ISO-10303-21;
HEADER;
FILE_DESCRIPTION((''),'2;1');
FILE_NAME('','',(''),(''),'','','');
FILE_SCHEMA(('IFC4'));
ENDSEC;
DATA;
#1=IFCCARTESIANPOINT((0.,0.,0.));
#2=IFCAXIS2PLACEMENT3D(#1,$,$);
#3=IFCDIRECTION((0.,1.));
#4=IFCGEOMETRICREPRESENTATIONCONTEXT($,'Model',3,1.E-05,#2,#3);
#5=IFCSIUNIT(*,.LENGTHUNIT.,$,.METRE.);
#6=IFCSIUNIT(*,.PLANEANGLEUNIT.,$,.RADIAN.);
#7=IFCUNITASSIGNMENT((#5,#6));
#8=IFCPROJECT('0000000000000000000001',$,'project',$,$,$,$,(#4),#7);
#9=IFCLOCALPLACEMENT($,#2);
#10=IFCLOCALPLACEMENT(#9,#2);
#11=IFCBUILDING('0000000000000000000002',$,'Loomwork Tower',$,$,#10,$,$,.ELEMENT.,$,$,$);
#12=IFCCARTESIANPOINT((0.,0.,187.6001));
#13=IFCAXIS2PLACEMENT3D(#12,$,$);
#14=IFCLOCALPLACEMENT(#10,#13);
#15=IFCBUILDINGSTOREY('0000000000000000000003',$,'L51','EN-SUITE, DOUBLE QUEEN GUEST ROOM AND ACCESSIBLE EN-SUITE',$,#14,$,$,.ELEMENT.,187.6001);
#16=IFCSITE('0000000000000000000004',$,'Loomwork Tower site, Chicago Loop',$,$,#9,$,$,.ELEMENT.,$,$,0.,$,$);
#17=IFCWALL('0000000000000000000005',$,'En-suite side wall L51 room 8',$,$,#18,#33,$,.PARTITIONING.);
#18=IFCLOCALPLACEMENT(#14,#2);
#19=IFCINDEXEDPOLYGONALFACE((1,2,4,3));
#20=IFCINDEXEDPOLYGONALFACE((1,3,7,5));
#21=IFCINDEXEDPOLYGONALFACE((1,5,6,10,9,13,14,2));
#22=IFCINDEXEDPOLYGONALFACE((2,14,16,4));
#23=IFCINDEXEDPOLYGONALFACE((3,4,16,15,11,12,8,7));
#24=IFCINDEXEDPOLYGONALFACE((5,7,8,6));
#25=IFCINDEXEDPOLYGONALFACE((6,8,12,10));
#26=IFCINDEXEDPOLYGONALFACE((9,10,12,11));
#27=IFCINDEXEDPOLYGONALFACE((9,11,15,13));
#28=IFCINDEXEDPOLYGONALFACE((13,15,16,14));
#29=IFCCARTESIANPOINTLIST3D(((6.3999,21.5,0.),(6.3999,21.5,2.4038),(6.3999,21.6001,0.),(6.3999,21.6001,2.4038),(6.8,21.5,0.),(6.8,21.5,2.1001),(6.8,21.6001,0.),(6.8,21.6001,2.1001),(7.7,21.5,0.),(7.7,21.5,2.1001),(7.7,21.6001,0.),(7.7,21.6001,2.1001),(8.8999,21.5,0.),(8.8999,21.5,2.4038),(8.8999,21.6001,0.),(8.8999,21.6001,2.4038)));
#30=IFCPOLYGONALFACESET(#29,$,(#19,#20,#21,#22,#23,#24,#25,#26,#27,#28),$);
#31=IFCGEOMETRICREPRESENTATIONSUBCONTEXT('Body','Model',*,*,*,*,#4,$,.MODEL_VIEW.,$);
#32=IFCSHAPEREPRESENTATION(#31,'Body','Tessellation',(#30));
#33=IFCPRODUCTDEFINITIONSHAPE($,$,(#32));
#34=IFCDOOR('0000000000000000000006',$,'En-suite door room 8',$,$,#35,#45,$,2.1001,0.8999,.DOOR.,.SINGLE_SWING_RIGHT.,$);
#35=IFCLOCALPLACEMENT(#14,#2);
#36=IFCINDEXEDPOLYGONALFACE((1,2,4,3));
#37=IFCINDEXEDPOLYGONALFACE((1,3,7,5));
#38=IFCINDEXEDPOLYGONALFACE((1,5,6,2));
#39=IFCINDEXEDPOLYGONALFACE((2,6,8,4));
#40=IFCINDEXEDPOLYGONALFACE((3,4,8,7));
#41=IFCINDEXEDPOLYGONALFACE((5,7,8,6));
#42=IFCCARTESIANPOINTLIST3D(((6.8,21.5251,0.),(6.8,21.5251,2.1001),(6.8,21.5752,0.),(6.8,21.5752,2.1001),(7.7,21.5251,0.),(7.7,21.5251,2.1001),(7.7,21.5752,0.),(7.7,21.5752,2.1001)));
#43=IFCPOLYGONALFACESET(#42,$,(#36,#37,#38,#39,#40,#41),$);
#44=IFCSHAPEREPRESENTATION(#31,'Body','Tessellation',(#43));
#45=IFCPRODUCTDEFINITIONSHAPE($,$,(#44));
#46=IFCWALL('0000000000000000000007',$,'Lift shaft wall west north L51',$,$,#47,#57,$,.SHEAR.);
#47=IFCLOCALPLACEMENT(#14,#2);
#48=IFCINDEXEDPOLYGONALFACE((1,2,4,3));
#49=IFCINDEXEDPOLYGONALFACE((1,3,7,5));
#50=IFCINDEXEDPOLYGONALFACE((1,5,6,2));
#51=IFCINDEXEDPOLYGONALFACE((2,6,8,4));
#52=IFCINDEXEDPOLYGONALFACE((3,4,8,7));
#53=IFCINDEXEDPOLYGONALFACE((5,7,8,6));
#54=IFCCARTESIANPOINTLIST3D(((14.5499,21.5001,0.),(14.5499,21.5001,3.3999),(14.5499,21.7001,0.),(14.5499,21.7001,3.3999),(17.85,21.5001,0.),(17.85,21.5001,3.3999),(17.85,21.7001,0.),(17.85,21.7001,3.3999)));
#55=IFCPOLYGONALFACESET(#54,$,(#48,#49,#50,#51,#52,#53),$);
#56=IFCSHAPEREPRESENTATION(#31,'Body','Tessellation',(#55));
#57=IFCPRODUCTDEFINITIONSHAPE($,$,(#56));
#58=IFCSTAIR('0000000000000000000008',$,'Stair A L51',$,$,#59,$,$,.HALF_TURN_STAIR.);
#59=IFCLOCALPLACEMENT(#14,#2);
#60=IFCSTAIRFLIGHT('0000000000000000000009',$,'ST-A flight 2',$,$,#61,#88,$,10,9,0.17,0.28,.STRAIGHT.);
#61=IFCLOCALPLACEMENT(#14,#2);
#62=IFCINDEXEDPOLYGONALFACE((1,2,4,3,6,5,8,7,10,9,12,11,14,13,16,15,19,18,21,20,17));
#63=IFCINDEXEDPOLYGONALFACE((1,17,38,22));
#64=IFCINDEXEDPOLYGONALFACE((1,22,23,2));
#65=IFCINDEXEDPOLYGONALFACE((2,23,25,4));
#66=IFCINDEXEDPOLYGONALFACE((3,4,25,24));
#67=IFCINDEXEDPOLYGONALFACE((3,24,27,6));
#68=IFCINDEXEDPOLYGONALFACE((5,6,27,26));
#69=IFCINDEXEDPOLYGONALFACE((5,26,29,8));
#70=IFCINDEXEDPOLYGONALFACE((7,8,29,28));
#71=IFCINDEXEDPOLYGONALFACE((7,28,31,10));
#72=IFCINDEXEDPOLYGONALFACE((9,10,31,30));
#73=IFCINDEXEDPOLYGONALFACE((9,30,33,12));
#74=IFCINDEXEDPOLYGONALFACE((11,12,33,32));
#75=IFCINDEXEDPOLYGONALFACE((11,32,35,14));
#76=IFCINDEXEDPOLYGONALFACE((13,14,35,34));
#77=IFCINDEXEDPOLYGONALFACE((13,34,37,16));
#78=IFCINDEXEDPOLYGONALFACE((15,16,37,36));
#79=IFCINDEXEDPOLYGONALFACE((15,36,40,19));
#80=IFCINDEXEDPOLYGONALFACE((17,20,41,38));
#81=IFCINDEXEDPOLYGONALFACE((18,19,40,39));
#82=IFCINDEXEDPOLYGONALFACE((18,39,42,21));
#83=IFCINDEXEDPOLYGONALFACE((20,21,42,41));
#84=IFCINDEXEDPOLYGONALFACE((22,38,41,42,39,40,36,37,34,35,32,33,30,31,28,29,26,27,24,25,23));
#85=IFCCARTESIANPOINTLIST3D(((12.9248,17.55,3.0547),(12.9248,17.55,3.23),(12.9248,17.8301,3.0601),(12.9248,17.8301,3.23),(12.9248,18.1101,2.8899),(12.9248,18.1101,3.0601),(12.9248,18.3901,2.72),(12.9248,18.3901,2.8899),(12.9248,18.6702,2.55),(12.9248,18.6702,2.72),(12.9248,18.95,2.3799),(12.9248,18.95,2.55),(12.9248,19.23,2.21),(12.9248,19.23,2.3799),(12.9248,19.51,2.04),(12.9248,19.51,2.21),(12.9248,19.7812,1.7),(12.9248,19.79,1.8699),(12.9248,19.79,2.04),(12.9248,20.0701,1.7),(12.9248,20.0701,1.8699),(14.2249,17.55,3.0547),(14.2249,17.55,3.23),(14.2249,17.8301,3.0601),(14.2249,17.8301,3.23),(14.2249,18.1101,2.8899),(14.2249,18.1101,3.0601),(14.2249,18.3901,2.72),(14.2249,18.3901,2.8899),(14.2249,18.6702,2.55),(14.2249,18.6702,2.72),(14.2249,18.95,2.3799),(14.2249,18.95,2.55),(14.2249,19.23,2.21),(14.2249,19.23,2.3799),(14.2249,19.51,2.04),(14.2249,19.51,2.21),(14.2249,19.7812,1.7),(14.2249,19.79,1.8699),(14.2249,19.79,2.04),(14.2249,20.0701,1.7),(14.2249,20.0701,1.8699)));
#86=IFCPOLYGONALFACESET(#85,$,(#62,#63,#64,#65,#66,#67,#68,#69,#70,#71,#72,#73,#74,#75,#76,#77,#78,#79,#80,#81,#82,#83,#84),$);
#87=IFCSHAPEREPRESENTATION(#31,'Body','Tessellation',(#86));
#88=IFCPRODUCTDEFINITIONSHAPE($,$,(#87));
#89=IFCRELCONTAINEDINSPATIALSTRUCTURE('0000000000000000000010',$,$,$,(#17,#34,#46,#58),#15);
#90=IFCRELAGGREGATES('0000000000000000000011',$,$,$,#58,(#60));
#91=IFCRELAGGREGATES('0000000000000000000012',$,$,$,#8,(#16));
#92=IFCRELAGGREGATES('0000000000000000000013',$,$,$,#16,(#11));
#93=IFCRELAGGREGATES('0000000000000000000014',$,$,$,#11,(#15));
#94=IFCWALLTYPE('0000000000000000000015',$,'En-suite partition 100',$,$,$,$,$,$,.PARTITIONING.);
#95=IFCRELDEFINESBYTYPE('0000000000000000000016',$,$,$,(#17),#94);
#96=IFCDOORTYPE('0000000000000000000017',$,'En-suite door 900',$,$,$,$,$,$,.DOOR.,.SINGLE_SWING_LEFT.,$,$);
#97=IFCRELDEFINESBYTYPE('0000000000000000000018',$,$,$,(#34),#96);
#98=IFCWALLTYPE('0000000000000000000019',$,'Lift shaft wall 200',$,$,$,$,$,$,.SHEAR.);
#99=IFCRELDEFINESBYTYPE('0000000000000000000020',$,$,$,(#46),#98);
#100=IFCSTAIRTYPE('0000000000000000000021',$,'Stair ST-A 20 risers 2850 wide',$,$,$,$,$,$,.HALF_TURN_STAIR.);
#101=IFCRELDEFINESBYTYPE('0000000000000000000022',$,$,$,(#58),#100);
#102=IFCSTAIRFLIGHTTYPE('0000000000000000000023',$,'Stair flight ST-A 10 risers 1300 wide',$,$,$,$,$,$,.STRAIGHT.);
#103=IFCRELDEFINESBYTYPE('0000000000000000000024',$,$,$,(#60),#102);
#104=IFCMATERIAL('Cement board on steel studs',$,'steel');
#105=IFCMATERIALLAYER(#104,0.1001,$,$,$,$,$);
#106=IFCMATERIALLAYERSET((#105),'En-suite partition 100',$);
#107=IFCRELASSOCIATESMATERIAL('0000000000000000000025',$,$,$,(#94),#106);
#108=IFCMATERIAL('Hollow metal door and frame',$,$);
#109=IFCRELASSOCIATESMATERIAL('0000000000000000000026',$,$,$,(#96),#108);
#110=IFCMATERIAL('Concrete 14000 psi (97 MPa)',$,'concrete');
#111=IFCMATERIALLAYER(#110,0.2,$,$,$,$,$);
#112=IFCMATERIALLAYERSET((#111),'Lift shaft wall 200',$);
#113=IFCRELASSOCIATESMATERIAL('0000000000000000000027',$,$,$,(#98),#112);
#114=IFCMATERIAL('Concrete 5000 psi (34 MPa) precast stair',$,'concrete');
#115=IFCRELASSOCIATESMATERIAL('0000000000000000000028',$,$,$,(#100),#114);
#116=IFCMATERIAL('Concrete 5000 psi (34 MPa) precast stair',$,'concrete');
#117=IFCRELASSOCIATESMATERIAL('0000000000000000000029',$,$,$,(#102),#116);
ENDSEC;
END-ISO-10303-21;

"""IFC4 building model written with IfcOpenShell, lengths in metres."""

from ifc_helpers import new_model, si_unit, direction, frame, frame_2d, origin, place, context, subcontext, project, spatial, polyline, rectangle, outline, extrude, material, layer, layer_set, type_object, element, fill, aggregate, save


model = new_model("IFC4")

# Units and contexts
model_context = context("Model", 3, precision=1e-05, world=origin(), true_north=direction((0.0, 1.0)))
body_context = subcontext(model_context, "Body", "Model", "MODEL_VIEW")
ifc_project = project(units=[si_unit("LENGTHUNIT", "METRE"), si_unit("PLANEANGLEUNIT", "RADIAN")], contexts=[model_context])

# Site, building, storey
site_placement = place(None, origin())
site = spatial("IfcSite", under=ifc_project, at=site_placement, Name="Loomwork Tower site, Chicago Loop", CompositionType="ELEMENT", RefElevation=0.0)
building_placement = place(site_placement, origin())
building = spatial("IfcBuilding", under=site, at=building_placement, Name="Loomwork Tower", CompositionType="ELEMENT")
storey_placement = place(building_placement, frame((0.0, 0.0, 187.6001)))
storey = spatial("IfcBuildingStorey", under=building, at=storey_placement, Name="L51", Description="EN-SUITE, DOUBLE QUEEN GUEST ROOM AND ACCESSIBLE EN-SUITE", CompositionType="ELEMENT", Elevation=187.6001)

# Wall, opening, door
ifc_material_1 = material(Name="Cement board on steel studs", Category="steel")
ifc_layer_1 = layer(ifc_material_1, 0.1001)
ifc_layer_set_1 = layer_set([ifc_layer_1], Name="En-suite partition 100")
wall_type_1 = type_object("IfcWallType", Name="En-suite partition 100", PredefinedType="PARTITIONING", material=ifc_layer_set_1)
wall_1_placement = place(storey_placement, frame((8.8999, 21.55, 0.0), z_axis=(0.0, 0.0, 1.0), x_axis=(-1.0, 0.0, 0.0)))
wall_1 = element("IfcWall", 1, at=wall_1_placement, inside=storey, type_object=wall_type_1, Name="En-suite side wall L51 room 8", PredefinedType="PARTITIONING", context=body_context, shape_type="SweptSolid", body=[
    extrude(rectangle(XDim=2.5, YDim=0.1001, at=frame_2d((1.25, 0.0))), origin(), (0.0, 0.0, 1.0), 2.4038),
])
opening_1_placement = place(wall_1_placement, frame((1.2, 0.0, 0.0)))
opening_1 = element("IfcOpeningElement", 2, at=opening_1_placement, cuts=wall_1, PredefinedType="OPENING", context=body_context, shape_type="SweptSolid", body=[
    extrude(rectangle(XDim=0.8999, YDim=2.1001, at=frame_2d((0.45, 1.05))), frame((0.0, 0.0601, 0.0), z_axis=(0.0, -1.0, 0.0), x_axis=(1.0, 0.0, 0.0)), (0.0, 0.0, 1.0), 0.1201),
])
ifc_material_2 = material(Name="Hollow metal door and frame")
door_type_1 = type_object("IfcDoorType", Name="En-suite door 900", OperationType="SINGLE_SWING_LEFT", PredefinedType="DOOR", material=ifc_material_2)
door_1_placement = place(opening_1_placement, origin())
door_1 = element("IfcDoor", 3, at=door_1_placement, inside=storey, type_object=door_type_1, Name="En-suite door room 8", OperationType="SINGLE_SWING_RIGHT", OverallHeight=2.1001, OverallWidth=0.8999, PredefinedType="DOOR", context=body_context, shape_type="SweptSolid", body=[
    extrude(rectangle(XDim=0.8999, YDim=2.1001, at=frame_2d((0.45, 1.05))), frame((0.0, 0.0249, 0.0), z_axis=(0.0, -1.0, 0.0), x_axis=(1.0, 0.0, 0.0)), (0.0, 0.0, 1.0), 0.05),
])
fill(opening_1, door_1)

# Wall
ifc_material_3 = material(Name="Concrete 14000 psi (97 MPa)", Category="concrete")
ifc_layer_2 = layer(ifc_material_3, 0.2)
ifc_layer_set_2 = layer_set([ifc_layer_2], Name="Lift shaft wall 200")
wall_type_2 = type_object("IfcWallType", Name="Lift shaft wall 200", PredefinedType="SHEAR", material=ifc_layer_set_2)
wall_2_placement = place(storey_placement, frame((14.55, 21.6001, 0.0), z_axis=(0.0, 0.0, 1.0), x_axis=(1.0, 0.0, 0.0)))
element("IfcWall", 4, at=wall_2_placement, inside=storey, type_object=wall_type_2, Name="Lift shaft wall west north L51", PredefinedType="SHEAR", context=body_context, shape_type="SweptSolid", body=[
    extrude(rectangle(XDim=3.3, YDim=0.2, at=frame_2d((1.6499, 0.0))), origin(), (0.0, 0.0, 1.0), 3.3999),
])

# Stair, stair flight
ifc_material_4 = material(Name="Concrete 5000 psi (34 MPa) precast stair", Category="concrete")
stair_type = type_object("IfcStairType", Name="Stair ST-A 20 risers 2850 wide", PredefinedType="HALF_TURN_STAIR", material=ifc_material_4)
stair_placement = place(storey_placement, origin())
stair = element("IfcStair", 5, at=stair_placement, inside=storey, type_object=stair_type, Name="Stair A L51", PredefinedType="HALF_TURN_STAIR")
ifc_material_5 = material(Name="Concrete 5000 psi (34 MPa) precast stair", Category="concrete")
stair_flight_type = type_object("IfcStairFlightType", Name="Stair flight ST-A 10 risers 1300 wide", PredefinedType="STRAIGHT", material=ifc_material_5)
stair_flight_placement = place(storey_placement, frame((13.575, 20.0701, 1.7), z_axis=(0.0, 0.0, 1.0), x_axis=(0.0, -1.0, 0.0)))
stair_flight = element("IfcStairFlight", 6, at=stair_flight_placement, type_object=stair_flight_type, Name="ST-A flight 2", NumberOfRisers=10, NumberOfTreads=9, PredefinedType="STRAIGHT", RiserHeight=0.17, TreadLength=0.28, context=body_context, shape_type="SweptSolid", body=[
    extrude(outline(polyline([(0.0, 0.0), (0.0, 0.1699), (0.28, 0.1699), (0.28, 0.3401), (0.5601, 0.3401), (0.5601, 0.51), (0.8401, 0.51), (0.8401, 0.6799), (1.1201, 0.6799), (1.1201, 0.8501), (1.3999, 0.8501), (1.3999, 1.02), (1.6799, 1.02), (1.6799, 1.1899), (1.96, 1.1899), (1.96, 1.3601), (2.24, 1.3601), (2.24, 1.53), (2.52, 1.53), (2.52, 1.7), (2.52, 1.3547), (0.2888, 0.0), (0.0, 0.0)])), frame((0.0, 0.6499, 0.0), z_axis=(0.0, -1.0, 0.0), x_axis=(1.0, 0.0, 0.0)), (0.0, 0.0, 1.0), 1.3),
])
aggregate(stair, [stair_flight])

save(model, "model.ifc")
